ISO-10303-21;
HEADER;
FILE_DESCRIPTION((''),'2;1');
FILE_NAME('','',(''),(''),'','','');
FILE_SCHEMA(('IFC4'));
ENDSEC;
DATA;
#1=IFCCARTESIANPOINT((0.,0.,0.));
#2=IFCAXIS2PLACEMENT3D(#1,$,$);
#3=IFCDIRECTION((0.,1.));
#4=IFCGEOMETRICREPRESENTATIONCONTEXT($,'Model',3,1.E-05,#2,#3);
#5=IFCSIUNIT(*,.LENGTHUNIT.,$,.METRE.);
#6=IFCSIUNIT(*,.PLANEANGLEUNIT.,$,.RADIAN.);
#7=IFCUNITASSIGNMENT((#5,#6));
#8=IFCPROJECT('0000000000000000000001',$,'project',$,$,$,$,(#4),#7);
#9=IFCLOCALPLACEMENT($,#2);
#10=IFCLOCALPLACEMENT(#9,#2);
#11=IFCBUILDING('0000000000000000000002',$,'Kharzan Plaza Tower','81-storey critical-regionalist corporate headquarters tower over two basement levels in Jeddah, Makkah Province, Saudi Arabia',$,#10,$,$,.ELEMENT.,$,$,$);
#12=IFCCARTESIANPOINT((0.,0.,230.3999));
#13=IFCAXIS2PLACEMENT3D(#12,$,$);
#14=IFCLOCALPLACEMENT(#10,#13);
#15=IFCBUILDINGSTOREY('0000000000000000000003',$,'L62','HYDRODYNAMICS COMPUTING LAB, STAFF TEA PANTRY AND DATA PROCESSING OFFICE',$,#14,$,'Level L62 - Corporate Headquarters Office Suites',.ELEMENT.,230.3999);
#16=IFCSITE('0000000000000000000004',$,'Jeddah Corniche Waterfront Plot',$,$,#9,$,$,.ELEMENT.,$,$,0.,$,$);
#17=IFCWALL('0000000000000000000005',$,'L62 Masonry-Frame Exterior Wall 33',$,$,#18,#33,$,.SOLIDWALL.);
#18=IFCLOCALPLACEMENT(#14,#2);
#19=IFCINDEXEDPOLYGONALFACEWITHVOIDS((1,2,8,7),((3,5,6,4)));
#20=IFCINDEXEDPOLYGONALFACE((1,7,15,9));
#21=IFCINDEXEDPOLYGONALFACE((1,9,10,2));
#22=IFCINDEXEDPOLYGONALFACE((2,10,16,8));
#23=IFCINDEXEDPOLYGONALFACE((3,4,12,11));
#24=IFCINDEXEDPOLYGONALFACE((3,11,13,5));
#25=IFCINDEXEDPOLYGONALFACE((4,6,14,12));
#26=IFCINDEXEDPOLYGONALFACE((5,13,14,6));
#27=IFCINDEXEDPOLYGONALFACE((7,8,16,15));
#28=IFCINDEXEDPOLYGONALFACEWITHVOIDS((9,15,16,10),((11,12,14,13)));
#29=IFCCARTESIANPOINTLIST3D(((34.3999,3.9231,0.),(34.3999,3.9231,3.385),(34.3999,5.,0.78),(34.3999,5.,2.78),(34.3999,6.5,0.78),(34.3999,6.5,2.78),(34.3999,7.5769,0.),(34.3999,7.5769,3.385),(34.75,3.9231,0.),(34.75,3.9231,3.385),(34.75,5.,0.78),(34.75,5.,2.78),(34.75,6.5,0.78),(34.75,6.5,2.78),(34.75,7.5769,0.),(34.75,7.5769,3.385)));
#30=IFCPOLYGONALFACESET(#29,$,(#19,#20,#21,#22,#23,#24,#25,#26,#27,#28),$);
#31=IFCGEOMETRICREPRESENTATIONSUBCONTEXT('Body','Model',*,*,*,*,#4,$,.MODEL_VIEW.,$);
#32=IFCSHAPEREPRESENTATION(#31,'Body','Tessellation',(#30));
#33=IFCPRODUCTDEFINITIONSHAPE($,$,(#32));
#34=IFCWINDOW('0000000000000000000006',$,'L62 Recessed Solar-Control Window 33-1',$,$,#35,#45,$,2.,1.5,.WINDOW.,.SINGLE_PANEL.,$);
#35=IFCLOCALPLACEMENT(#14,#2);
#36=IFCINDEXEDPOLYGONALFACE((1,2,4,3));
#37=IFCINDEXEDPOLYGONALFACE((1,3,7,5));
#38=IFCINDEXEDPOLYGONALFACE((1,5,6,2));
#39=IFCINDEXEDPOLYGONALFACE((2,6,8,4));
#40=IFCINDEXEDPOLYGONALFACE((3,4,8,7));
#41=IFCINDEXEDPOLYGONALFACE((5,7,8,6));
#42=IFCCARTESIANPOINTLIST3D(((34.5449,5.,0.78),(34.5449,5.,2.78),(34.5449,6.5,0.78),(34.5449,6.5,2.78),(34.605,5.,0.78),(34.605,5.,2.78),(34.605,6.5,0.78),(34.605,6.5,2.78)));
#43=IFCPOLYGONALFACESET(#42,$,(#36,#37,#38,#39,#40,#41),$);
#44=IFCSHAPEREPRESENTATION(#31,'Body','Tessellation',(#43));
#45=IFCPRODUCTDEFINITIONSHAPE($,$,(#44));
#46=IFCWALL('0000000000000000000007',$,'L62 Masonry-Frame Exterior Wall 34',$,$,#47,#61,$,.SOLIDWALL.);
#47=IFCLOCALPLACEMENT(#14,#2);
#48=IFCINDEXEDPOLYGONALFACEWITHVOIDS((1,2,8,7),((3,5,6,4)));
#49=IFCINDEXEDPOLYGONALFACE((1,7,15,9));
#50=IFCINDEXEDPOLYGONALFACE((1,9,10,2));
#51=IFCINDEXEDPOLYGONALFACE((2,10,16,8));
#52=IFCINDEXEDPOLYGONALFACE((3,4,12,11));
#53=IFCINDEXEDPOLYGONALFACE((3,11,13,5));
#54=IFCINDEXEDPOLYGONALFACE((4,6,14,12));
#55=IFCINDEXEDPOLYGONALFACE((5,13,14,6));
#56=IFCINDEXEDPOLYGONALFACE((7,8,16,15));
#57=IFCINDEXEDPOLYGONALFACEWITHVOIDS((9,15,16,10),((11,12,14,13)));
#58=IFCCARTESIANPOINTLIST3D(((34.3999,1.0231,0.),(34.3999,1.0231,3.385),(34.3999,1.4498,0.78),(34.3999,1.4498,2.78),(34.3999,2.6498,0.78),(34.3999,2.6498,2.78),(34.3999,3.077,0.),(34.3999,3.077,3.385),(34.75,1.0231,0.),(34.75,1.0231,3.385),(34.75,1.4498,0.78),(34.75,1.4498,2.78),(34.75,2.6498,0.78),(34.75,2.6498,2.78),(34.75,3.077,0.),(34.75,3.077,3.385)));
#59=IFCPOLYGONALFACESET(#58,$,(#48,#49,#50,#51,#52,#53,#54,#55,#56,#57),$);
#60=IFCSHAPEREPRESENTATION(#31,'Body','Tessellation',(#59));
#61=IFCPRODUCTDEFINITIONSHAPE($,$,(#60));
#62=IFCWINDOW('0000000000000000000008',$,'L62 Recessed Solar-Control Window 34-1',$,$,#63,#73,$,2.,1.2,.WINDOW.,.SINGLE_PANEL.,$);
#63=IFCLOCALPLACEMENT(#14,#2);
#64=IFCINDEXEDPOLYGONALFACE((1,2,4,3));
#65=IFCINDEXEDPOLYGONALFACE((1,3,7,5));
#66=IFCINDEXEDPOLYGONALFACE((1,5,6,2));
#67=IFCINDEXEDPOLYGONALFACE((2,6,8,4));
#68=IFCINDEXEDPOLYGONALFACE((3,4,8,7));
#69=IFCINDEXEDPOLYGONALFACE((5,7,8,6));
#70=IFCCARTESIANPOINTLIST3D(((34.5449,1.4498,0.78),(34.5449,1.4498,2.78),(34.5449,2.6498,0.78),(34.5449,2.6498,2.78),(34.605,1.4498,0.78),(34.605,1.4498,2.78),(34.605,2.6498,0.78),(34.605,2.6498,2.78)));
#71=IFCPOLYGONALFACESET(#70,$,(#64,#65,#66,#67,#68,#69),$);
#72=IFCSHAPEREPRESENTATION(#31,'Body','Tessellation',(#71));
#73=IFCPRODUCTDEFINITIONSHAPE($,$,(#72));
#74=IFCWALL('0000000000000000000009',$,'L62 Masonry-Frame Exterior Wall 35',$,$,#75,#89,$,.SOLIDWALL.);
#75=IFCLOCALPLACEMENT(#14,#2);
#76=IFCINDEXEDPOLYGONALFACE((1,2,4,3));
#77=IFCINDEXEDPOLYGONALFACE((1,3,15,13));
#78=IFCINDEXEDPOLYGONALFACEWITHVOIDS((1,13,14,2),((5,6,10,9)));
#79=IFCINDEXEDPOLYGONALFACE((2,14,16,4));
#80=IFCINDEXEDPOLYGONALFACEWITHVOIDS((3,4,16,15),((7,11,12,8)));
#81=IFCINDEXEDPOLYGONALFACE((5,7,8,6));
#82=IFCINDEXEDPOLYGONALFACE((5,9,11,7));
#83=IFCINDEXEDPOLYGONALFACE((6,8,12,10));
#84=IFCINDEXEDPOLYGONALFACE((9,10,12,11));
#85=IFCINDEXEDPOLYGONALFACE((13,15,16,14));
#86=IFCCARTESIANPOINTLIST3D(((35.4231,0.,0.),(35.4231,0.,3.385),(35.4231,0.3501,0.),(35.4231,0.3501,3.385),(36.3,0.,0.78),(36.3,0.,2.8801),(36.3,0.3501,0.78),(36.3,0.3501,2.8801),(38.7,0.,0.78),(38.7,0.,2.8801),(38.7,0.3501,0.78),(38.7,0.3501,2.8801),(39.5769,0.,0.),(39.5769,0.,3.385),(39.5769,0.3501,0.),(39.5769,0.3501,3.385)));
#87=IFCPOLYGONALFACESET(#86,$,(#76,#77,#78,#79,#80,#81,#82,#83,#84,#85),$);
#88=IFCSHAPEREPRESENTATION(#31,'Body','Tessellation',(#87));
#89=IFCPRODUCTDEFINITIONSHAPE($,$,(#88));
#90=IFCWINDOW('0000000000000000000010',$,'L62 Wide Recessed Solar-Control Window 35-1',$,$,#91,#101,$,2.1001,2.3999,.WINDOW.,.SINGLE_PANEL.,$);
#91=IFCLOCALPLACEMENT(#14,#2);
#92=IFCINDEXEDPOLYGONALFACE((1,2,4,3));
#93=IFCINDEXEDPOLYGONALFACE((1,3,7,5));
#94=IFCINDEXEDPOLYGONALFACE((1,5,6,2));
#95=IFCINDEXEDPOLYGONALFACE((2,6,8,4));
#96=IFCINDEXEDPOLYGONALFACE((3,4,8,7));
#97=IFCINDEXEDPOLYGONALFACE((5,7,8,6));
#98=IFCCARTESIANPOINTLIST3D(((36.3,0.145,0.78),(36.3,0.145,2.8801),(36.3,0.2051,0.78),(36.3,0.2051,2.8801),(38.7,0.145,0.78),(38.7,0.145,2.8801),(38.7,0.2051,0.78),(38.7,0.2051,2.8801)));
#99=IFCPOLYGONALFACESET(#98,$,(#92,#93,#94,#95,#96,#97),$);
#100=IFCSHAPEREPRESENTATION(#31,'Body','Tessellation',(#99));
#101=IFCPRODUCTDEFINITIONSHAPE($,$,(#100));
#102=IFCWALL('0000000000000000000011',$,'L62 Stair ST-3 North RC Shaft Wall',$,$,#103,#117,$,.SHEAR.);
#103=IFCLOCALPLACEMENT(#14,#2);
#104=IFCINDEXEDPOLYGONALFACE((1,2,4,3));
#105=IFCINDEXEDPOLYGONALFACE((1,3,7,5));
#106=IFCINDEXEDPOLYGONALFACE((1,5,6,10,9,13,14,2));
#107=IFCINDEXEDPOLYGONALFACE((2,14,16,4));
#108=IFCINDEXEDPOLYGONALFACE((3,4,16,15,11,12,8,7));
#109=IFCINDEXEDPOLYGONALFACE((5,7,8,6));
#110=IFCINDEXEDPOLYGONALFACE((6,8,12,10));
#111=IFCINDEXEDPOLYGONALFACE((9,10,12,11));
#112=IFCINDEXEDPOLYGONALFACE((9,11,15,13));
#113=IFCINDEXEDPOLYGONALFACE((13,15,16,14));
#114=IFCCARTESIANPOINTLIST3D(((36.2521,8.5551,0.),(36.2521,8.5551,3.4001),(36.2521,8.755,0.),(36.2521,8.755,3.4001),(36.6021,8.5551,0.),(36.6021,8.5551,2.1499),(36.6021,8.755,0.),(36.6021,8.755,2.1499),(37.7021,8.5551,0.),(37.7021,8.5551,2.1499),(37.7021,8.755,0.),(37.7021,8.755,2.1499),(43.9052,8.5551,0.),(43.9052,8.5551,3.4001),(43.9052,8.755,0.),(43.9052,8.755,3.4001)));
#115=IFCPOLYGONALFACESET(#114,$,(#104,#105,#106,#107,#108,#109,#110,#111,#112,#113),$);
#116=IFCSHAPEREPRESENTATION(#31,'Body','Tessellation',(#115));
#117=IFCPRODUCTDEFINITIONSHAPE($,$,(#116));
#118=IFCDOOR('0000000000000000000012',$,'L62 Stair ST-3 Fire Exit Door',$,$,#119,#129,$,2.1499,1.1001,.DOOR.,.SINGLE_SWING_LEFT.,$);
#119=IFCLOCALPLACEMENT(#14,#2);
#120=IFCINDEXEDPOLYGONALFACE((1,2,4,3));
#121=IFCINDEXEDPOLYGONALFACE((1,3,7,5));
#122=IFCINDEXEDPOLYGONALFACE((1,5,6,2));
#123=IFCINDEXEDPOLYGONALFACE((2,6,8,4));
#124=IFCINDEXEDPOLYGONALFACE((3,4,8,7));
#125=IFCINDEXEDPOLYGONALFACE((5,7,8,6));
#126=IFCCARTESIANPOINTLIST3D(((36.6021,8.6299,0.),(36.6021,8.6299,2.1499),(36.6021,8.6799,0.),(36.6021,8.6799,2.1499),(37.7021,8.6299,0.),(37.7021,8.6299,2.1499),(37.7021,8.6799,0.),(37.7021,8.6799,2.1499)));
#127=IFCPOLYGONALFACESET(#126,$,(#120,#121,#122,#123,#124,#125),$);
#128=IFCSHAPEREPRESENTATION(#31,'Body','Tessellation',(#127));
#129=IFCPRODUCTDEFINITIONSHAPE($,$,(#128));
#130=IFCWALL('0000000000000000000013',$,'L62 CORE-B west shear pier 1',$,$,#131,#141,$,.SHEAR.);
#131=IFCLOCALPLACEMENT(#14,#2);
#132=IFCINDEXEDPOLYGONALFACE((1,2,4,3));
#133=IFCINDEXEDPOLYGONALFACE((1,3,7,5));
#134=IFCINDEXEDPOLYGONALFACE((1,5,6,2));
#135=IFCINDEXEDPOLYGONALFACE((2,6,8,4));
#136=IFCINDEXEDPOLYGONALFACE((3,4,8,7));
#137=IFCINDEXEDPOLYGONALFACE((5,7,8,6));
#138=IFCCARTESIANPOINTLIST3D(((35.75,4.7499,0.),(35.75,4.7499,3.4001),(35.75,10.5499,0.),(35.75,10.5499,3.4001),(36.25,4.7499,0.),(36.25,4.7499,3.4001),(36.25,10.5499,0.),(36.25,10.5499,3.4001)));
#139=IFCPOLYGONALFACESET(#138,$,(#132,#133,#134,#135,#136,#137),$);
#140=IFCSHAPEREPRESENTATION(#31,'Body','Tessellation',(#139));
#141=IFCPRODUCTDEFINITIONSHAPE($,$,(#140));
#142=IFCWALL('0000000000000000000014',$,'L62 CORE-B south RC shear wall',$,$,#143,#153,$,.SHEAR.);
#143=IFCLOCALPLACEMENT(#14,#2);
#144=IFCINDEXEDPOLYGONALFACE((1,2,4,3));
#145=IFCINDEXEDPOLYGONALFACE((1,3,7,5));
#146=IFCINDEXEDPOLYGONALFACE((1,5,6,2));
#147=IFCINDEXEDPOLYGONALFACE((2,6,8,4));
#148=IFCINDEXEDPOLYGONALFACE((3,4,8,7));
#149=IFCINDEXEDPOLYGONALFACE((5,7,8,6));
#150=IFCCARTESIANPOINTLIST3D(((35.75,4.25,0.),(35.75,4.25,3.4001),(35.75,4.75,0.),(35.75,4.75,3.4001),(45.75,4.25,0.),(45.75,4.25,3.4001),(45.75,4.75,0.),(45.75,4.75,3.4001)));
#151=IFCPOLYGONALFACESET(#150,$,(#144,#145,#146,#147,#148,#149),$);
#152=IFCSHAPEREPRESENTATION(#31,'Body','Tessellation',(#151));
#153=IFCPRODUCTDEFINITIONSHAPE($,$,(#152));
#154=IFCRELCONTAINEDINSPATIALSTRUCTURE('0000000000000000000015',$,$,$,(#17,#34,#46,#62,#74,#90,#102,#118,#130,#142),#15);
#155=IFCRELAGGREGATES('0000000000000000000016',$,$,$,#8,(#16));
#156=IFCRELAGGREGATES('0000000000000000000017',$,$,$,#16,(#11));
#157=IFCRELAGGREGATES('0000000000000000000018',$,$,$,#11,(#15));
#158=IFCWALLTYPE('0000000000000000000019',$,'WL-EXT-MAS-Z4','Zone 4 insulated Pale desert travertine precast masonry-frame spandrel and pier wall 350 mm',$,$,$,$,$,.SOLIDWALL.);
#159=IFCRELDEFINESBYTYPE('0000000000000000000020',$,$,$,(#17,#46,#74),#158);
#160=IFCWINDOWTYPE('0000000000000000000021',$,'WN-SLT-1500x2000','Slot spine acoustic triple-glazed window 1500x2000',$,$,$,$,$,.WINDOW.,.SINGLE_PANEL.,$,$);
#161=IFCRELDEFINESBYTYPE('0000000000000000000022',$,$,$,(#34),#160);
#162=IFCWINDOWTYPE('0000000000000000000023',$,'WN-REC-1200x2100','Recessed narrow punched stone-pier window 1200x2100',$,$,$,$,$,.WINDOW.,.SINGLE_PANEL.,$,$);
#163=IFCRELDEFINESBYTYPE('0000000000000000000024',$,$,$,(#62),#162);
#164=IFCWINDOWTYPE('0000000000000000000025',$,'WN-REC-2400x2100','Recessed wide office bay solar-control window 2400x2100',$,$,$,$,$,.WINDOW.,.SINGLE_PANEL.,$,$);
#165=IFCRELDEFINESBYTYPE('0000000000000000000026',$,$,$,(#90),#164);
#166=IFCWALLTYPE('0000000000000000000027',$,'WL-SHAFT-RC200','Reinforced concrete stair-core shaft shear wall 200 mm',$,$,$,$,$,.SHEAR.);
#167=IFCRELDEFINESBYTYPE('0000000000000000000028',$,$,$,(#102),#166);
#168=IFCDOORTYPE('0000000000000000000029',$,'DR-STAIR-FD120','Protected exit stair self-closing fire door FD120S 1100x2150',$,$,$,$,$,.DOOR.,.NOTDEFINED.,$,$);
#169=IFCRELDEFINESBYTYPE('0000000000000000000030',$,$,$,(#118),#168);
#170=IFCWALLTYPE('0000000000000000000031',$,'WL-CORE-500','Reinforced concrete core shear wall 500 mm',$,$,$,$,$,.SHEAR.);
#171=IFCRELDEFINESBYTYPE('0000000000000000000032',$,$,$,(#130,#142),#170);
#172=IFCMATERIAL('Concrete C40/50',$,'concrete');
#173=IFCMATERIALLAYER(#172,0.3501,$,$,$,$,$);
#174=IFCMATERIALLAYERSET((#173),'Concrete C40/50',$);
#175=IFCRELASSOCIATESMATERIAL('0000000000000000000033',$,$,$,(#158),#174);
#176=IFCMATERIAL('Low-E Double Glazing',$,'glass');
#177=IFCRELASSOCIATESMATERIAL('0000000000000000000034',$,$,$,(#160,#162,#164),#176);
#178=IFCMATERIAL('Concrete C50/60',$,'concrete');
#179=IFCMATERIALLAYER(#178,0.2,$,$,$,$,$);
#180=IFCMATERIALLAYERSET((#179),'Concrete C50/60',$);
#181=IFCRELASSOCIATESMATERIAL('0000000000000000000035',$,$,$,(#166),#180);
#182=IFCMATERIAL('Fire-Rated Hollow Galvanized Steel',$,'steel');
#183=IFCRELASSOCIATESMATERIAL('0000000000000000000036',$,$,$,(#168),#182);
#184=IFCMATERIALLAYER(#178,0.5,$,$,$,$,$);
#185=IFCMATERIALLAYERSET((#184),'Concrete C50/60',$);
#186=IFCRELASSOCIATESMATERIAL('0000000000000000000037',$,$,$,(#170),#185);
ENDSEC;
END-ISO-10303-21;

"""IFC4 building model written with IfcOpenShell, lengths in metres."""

from ifc_helpers import new_model, si_unit, direction, frame, frame_2d, origin, place, context, subcontext, project, spatial, rectangle, extrude, source, transform, mapped, material, layer, layer_set, type_object, element, fill, save


model = new_model("IFC4")

# Units and contexts
model_context = context("Model", 3, precision=1e-05, world=origin(), true_north=direction((0.0, 1.0)))
body_context = subcontext(model_context, "Body", "Model", "MODEL_VIEW")
ifc_project = project(units=[si_unit("LENGTHUNIT", "METRE"), si_unit("PLANEANGLEUNIT", "RADIAN")], contexts=[model_context])

# Site, building, storey
site_placement = place(None, origin())
site = spatial("IfcSite", under=ifc_project, at=site_placement, Name="Jeddah Corniche Waterfront Plot", CompositionType="ELEMENT", RefElevation=0.0)
building_placement = place(site_placement, origin())
building = spatial("IfcBuilding", under=site, at=building_placement, Name="Kharzan Plaza Tower", Description="81-storey critical-regionalist corporate headquarters tower over two basement levels in Jeddah, Makkah Province, Saudi Arabia", CompositionType="ELEMENT")
storey_placement = place(building_placement, frame((0.0, 0.0, 230.3999)))
storey = spatial("IfcBuildingStorey", under=building, at=storey_placement, Name="L62", Description="HYDRODYNAMICS COMPUTING LAB, STAFF TEA PANTRY AND DATA PROCESSING OFFICE", LongName="Level L62 - Corporate Headquarters Office Suites", CompositionType="ELEMENT", Elevation=230.3999)

# Shared definitions
ifc_material_1 = material(Name="Concrete C50/60", Category="concrete")

# Walls, openings, windows
ifc_material_2 = material(Name="Concrete C40/50", Category="concrete")
ifc_layer_1 = layer(ifc_material_2, 0.3501)
ifc_layer_set_1 = layer_set([ifc_layer_1], Name="Concrete C40/50")
wall_type_1 = type_object("IfcWallType", Name="WL-EXT-MAS-Z4", Description="Zone 4 insulated Pale desert travertine precast masonry-frame spandrel and pier wall 350 mm", PredefinedType="SOLIDWALL", material=ifc_layer_set_1)
wall_1_placement = place(storey_placement, frame((34.575, 7.5769, 0.0), z_axis=(0.0, 0.0, 1.0), x_axis=(0.0, -1.0, 0.0)))
wall_1 = element("IfcWall", 1, at=wall_1_placement, inside=storey, type_object=wall_type_1, Name="L62 Masonry-Frame Exterior Wall 33", PredefinedType="SOLIDWALL", context=body_context, shape_type="SweptSolid", body=[
    extrude(rectangle(XDim=3.6538, YDim=0.3501, at=frame_2d((1.8269, 0.0))), origin(), (0.0, 0.0, 1.0), 3.385),
])
opening_1_placement = place(wall_1_placement, frame((1.0769, 0.0, 0.78)))
opening_1 = element("IfcOpeningElement", 2, at=opening_1_placement, cuts=wall_1, PredefinedType="OPENING", context=body_context, shape_type="SweptSolid", body=[
    extrude(rectangle(XDim=1.5, YDim=2.0, at=frame_2d((0.75, 1.0))), frame((0.0, 0.1851, 0.0), z_axis=(0.0, -1.0, 0.0), x_axis=(1.0, 0.0, 0.0)), (0.0, 0.0, 1.0), 0.3701),
])
ifc_material_3 = material(Name="Low-E Double Glazing", Category="glass")
window_type_1 = type_object("IfcWindowType", Name="WN-SLT-1500x2000", Description="Slot spine acoustic triple-glazed window 1500x2000", PartitioningType="SINGLE_PANEL", PredefinedType="WINDOW", material=ifc_material_3)
shared_shape_1 = source(origin(), body_context, "Body", "SweptSolid", [
    extrude(rectangle(XDim=1.5, YDim=2.0, at=frame_2d((0.75, 1.0))), frame((0.0, 0.03, 0.0), z_axis=(0.0, -1.0, 0.0), x_axis=(1.0, 0.0, 0.0)), (0.0, 0.0, 1.0), 0.0601),
])
window_1_placement = place(opening_1_placement, origin())
window_1 = element("IfcWindow", 3, at=window_1_placement, inside=storey, type_object=window_type_1, Name="L62 Recessed Solar-Control Window 33-1", OverallHeight=2.0, OverallWidth=1.5, PartitioningType="SINGLE_PANEL", PredefinedType="WINDOW", context=body_context, shape_type="MappedRepresentation", body=[
    mapped(shared_shape_1, transform((0.0, 0.0, 0.0), x_axis=(1.0, 0.0, 0.0), y_axis=(0.0, 1.0, 0.0), z_axis=(0.0, 0.0, 1.0))),
])
fill(opening_1, window_1)
wall_2_placement = place(storey_placement, frame((34.575, 3.0769, 0.0), z_axis=(0.0, 0.0, 1.0), x_axis=(0.0, -1.0, 0.0)))
wall_2 = element("IfcWall", 4, at=wall_2_placement, inside=storey, type_object=wall_type_1, Name="L62 Masonry-Frame Exterior Wall 34", PredefinedType="SOLIDWALL", context=body_context, shape_type="SweptSolid", body=[
    extrude(rectangle(XDim=2.054, YDim=0.3501, at=frame_2d((1.0269, 0.0))), origin(), (0.0, 0.0, 1.0), 3.385),
])
opening_2_placement = place(wall_2_placement, frame((0.427, 0.0, 0.78)))
opening_2 = element("IfcOpeningElement", 5, at=opening_2_placement, cuts=wall_2, PredefinedType="OPENING", context=body_context, shape_type="SweptSolid", body=[
    extrude(rectangle(XDim=1.2, YDim=2.0, at=frame_2d((0.6001, 1.0))), frame((0.0, 0.1851, 0.0), z_axis=(0.0, -1.0, 0.0), x_axis=(1.0, 0.0, 0.0)), (0.0, 0.0, 1.0), 0.3701),
])
window_type_2 = type_object("IfcWindowType", Name="WN-REC-1200x2100", Description="Recessed narrow punched stone-pier window 1200x2100", PartitioningType="SINGLE_PANEL", PredefinedType="WINDOW", material=ifc_material_3)
shared_shape_2 = source(origin(), body_context, "Body", "SweptSolid", [
    extrude(rectangle(XDim=1.2, YDim=2.0, at=frame_2d((0.6001, 1.0))), frame((0.0, 0.03, 0.0), z_axis=(0.0, -1.0, 0.0), x_axis=(1.0, 0.0, 0.0)), (0.0, 0.0, 1.0), 0.0601),
])
window_2_placement = place(opening_2_placement, origin())
window_2 = element("IfcWindow", 6, at=window_2_placement, inside=storey, type_object=window_type_2, Name="L62 Recessed Solar-Control Window 34-1", OverallHeight=2.0, OverallWidth=1.2, PartitioningType="SINGLE_PANEL", PredefinedType="WINDOW", context=body_context, shape_type="MappedRepresentation", body=[
    mapped(shared_shape_2, transform((0.0, 0.0, 0.0), x_axis=(1.0, 0.0, 0.0), y_axis=(0.0, 1.0, 0.0), z_axis=(0.0, 0.0, 1.0))),
])
fill(opening_2, window_2)
wall_3_placement = place(storey_placement, frame((35.4231, 0.175, 0.0), z_axis=(0.0, 0.0, 1.0), x_axis=(1.0, 0.0, 0.0)))
wall_3 = element("IfcWall", 7, at=wall_3_placement, inside=storey, type_object=wall_type_1, Name="L62 Masonry-Frame Exterior Wall 35", PredefinedType="SOLIDWALL", context=body_context, shape_type="SweptSolid", body=[
    extrude(rectangle(XDim=4.1538, YDim=0.3501, at=frame_2d((2.0769, 0.0))), origin(), (0.0, 0.0, 1.0), 3.385),
])
opening_3_placement = place(wall_3_placement, frame((0.877, 0.0, 0.78)))
opening_3 = element("IfcOpeningElement", 8, at=opening_3_placement, cuts=wall_3, PredefinedType="OPENING", context=body_context, shape_type="SweptSolid", body=[
    extrude(rectangle(XDim=2.3999, YDim=2.1001, at=frame_2d((1.2, 1.05))), frame((0.0, 0.1851, 0.0), z_axis=(0.0, -1.0, 0.0), x_axis=(1.0, 0.0, 0.0)), (0.0, 0.0, 1.0), 0.3701),
])
window_type_3 = type_object("IfcWindowType", Name="WN-REC-2400x2100", Description="Recessed wide office bay solar-control window 2400x2100", PartitioningType="SINGLE_PANEL", PredefinedType="WINDOW", material=ifc_material_3)
shared_shape_3 = source(origin(), body_context, "Body", "SweptSolid", [
    extrude(rectangle(XDim=2.3999, YDim=2.1001, at=frame_2d((1.2, 1.05))), frame((0.0, 0.03, 0.0), z_axis=(0.0, -1.0, 0.0), x_axis=(1.0, 0.0, 0.0)), (0.0, 0.0, 1.0), 0.0601),
])
window_3_placement = place(opening_3_placement, origin())
window_3 = element("IfcWindow", 9, at=window_3_placement, inside=storey, type_object=window_type_3, Name="L62 Wide Recessed Solar-Control Window 35-1", OverallHeight=2.1001, OverallWidth=2.3999, PartitioningType="SINGLE_PANEL", PredefinedType="WINDOW", context=body_context, shape_type="MappedRepresentation", body=[
    mapped(shared_shape_3, transform((0.0, 0.0, 0.0), x_axis=(1.0, 0.0, 0.0), y_axis=(0.0, 1.0, 0.0), z_axis=(0.0, 0.0, 1.0))),
])
fill(opening_3, window_3)

# Wall, opening, door
ifc_layer_2 = layer(ifc_material_1, 0.2)
ifc_layer_set_2 = layer_set([ifc_layer_2], Name="Concrete C50/60")
wall_type_2 = type_object("IfcWallType", Name="WL-SHAFT-RC200", Description="Reinforced concrete stair-core shaft shear wall 200 mm", PredefinedType="SHEAR", material=ifc_layer_set_2)
wall_4_placement = place(storey_placement, frame((36.252, 8.655, 0.0), z_axis=(0.0, 0.0, 1.0), x_axis=(1.0, 0.0, 0.0)))
wall_4 = element("IfcWall", 10, at=wall_4_placement, inside=storey, type_object=wall_type_2, Name="L62 Stair ST-3 North RC Shaft Wall", PredefinedType="SHEAR", context=body_context, shape_type="SweptSolid", body=[
    extrude(rectangle(XDim=7.6531, YDim=0.2, at=frame_2d((3.8267, 0.0))), origin(), (0.0, 0.0, 1.0), 3.4001),
])
opening_4_placement = place(wall_4_placement, frame((0.3501, 0.0, 0.0)))
opening_4 = element("IfcOpeningElement", 11, at=opening_4_placement, cuts=wall_4, PredefinedType="OPENING", context=body_context, shape_type="SweptSolid", body=[
    extrude(rectangle(XDim=1.1001, YDim=2.1499, at=frame_2d((0.55, 1.075))), frame((0.0, 0.1099, 0.0), z_axis=(0.0, -1.0, 0.0), x_axis=(1.0, 0.0, 0.0)), (0.0, 0.0, 1.0), 0.22),
])
ifc_material_4 = material(Name="Fire-Rated Hollow Galvanized Steel", Category="steel")
door_type = type_object("IfcDoorType", Name="DR-STAIR-FD120", Description="Protected exit stair self-closing fire door FD120S 1100x2150", OperationType="NOTDEFINED", PredefinedType="DOOR", material=ifc_material_4)
shared_shape_4 = source(origin(), body_context, "Body", "SweptSolid", [
    extrude(rectangle(XDim=1.1001, YDim=2.1499, at=frame_2d((0.55, 1.075))), frame((0.0, 0.0249, 0.0), z_axis=(0.0, -1.0, 0.0), x_axis=(1.0, 0.0, 0.0)), (0.0, 0.0, 1.0), 0.05),
])
door_placement = place(opening_4_placement, origin())
door = element("IfcDoor", 12, at=door_placement, inside=storey, type_object=door_type, Name="L62 Stair ST-3 Fire Exit Door", OperationType="SINGLE_SWING_LEFT", OverallHeight=2.1499, OverallWidth=1.1001, PredefinedType="DOOR", context=body_context, shape_type="MappedRepresentation", body=[
    mapped(shared_shape_4, transform((0.0, 0.0, 0.0), x_axis=(1.0, 0.0, 0.0), y_axis=(0.0, 1.0, 0.0), z_axis=(0.0, 0.0, 1.0))),
])
fill(opening_4, door)

# Walls
ifc_layer_3 = layer(ifc_material_1, 0.5)
ifc_layer_set_3 = layer_set([ifc_layer_3], Name="Concrete C50/60")
wall_type_3 = type_object("IfcWallType", Name="WL-CORE-500", Description="Reinforced concrete core shear wall 500 mm", PredefinedType="SHEAR", material=ifc_layer_set_3)
shared_shape_5 = source(origin(), body_context, "Body", "SweptSolid", [
    extrude(rectangle(XDim=5.8, YDim=0.5, at=frame_2d((2.8999, 0.0))), origin(), (0.0, 0.0, 1.0), 3.4001),
])
wall_5_placement = place(storey_placement, frame((36.0, 4.75, 0.0), z_axis=(0.0, 0.0, 1.0), x_axis=(0.0, 1.0, 0.0)))
element("IfcWall", 13, at=wall_5_placement, inside=storey, type_object=wall_type_3, Name="L62 CORE-B west shear pier 1", PredefinedType="SHEAR", context=body_context, shape_type="MappedRepresentation", body=[
    mapped(shared_shape_5, transform((0.0, 0.0, 0.0), x_axis=(1.0, 0.0, 0.0), y_axis=(0.0, 1.0, 0.0), z_axis=(0.0, 0.0, 1.0))),
])
shared_shape_6 = source(origin(), body_context, "Body", "SweptSolid", [
    extrude(rectangle(XDim=10.0, YDim=0.5, at=frame_2d((5.0, 0.0))), origin(), (0.0, 0.0, 1.0), 3.4001),
])
wall_6_placement = place(storey_placement, frame((35.75, 4.5, 0.0), z_axis=(0.0, 0.0, 1.0), x_axis=(1.0, 0.0, 0.0)))
element("IfcWall", 14, at=wall_6_placement, inside=storey, type_object=wall_type_3, Name="L62 CORE-B south RC shear wall", PredefinedType="SHEAR", context=body_context, shape_type="MappedRepresentation", body=[
    mapped(shared_shape_6, transform((0.0, 0.0, 0.0), x_axis=(1.0, 0.0, 0.0), y_axis=(0.0, 1.0, 0.0), z_axis=(0.0, 0.0, 1.0))),
])

save(model, "model.ifc")
